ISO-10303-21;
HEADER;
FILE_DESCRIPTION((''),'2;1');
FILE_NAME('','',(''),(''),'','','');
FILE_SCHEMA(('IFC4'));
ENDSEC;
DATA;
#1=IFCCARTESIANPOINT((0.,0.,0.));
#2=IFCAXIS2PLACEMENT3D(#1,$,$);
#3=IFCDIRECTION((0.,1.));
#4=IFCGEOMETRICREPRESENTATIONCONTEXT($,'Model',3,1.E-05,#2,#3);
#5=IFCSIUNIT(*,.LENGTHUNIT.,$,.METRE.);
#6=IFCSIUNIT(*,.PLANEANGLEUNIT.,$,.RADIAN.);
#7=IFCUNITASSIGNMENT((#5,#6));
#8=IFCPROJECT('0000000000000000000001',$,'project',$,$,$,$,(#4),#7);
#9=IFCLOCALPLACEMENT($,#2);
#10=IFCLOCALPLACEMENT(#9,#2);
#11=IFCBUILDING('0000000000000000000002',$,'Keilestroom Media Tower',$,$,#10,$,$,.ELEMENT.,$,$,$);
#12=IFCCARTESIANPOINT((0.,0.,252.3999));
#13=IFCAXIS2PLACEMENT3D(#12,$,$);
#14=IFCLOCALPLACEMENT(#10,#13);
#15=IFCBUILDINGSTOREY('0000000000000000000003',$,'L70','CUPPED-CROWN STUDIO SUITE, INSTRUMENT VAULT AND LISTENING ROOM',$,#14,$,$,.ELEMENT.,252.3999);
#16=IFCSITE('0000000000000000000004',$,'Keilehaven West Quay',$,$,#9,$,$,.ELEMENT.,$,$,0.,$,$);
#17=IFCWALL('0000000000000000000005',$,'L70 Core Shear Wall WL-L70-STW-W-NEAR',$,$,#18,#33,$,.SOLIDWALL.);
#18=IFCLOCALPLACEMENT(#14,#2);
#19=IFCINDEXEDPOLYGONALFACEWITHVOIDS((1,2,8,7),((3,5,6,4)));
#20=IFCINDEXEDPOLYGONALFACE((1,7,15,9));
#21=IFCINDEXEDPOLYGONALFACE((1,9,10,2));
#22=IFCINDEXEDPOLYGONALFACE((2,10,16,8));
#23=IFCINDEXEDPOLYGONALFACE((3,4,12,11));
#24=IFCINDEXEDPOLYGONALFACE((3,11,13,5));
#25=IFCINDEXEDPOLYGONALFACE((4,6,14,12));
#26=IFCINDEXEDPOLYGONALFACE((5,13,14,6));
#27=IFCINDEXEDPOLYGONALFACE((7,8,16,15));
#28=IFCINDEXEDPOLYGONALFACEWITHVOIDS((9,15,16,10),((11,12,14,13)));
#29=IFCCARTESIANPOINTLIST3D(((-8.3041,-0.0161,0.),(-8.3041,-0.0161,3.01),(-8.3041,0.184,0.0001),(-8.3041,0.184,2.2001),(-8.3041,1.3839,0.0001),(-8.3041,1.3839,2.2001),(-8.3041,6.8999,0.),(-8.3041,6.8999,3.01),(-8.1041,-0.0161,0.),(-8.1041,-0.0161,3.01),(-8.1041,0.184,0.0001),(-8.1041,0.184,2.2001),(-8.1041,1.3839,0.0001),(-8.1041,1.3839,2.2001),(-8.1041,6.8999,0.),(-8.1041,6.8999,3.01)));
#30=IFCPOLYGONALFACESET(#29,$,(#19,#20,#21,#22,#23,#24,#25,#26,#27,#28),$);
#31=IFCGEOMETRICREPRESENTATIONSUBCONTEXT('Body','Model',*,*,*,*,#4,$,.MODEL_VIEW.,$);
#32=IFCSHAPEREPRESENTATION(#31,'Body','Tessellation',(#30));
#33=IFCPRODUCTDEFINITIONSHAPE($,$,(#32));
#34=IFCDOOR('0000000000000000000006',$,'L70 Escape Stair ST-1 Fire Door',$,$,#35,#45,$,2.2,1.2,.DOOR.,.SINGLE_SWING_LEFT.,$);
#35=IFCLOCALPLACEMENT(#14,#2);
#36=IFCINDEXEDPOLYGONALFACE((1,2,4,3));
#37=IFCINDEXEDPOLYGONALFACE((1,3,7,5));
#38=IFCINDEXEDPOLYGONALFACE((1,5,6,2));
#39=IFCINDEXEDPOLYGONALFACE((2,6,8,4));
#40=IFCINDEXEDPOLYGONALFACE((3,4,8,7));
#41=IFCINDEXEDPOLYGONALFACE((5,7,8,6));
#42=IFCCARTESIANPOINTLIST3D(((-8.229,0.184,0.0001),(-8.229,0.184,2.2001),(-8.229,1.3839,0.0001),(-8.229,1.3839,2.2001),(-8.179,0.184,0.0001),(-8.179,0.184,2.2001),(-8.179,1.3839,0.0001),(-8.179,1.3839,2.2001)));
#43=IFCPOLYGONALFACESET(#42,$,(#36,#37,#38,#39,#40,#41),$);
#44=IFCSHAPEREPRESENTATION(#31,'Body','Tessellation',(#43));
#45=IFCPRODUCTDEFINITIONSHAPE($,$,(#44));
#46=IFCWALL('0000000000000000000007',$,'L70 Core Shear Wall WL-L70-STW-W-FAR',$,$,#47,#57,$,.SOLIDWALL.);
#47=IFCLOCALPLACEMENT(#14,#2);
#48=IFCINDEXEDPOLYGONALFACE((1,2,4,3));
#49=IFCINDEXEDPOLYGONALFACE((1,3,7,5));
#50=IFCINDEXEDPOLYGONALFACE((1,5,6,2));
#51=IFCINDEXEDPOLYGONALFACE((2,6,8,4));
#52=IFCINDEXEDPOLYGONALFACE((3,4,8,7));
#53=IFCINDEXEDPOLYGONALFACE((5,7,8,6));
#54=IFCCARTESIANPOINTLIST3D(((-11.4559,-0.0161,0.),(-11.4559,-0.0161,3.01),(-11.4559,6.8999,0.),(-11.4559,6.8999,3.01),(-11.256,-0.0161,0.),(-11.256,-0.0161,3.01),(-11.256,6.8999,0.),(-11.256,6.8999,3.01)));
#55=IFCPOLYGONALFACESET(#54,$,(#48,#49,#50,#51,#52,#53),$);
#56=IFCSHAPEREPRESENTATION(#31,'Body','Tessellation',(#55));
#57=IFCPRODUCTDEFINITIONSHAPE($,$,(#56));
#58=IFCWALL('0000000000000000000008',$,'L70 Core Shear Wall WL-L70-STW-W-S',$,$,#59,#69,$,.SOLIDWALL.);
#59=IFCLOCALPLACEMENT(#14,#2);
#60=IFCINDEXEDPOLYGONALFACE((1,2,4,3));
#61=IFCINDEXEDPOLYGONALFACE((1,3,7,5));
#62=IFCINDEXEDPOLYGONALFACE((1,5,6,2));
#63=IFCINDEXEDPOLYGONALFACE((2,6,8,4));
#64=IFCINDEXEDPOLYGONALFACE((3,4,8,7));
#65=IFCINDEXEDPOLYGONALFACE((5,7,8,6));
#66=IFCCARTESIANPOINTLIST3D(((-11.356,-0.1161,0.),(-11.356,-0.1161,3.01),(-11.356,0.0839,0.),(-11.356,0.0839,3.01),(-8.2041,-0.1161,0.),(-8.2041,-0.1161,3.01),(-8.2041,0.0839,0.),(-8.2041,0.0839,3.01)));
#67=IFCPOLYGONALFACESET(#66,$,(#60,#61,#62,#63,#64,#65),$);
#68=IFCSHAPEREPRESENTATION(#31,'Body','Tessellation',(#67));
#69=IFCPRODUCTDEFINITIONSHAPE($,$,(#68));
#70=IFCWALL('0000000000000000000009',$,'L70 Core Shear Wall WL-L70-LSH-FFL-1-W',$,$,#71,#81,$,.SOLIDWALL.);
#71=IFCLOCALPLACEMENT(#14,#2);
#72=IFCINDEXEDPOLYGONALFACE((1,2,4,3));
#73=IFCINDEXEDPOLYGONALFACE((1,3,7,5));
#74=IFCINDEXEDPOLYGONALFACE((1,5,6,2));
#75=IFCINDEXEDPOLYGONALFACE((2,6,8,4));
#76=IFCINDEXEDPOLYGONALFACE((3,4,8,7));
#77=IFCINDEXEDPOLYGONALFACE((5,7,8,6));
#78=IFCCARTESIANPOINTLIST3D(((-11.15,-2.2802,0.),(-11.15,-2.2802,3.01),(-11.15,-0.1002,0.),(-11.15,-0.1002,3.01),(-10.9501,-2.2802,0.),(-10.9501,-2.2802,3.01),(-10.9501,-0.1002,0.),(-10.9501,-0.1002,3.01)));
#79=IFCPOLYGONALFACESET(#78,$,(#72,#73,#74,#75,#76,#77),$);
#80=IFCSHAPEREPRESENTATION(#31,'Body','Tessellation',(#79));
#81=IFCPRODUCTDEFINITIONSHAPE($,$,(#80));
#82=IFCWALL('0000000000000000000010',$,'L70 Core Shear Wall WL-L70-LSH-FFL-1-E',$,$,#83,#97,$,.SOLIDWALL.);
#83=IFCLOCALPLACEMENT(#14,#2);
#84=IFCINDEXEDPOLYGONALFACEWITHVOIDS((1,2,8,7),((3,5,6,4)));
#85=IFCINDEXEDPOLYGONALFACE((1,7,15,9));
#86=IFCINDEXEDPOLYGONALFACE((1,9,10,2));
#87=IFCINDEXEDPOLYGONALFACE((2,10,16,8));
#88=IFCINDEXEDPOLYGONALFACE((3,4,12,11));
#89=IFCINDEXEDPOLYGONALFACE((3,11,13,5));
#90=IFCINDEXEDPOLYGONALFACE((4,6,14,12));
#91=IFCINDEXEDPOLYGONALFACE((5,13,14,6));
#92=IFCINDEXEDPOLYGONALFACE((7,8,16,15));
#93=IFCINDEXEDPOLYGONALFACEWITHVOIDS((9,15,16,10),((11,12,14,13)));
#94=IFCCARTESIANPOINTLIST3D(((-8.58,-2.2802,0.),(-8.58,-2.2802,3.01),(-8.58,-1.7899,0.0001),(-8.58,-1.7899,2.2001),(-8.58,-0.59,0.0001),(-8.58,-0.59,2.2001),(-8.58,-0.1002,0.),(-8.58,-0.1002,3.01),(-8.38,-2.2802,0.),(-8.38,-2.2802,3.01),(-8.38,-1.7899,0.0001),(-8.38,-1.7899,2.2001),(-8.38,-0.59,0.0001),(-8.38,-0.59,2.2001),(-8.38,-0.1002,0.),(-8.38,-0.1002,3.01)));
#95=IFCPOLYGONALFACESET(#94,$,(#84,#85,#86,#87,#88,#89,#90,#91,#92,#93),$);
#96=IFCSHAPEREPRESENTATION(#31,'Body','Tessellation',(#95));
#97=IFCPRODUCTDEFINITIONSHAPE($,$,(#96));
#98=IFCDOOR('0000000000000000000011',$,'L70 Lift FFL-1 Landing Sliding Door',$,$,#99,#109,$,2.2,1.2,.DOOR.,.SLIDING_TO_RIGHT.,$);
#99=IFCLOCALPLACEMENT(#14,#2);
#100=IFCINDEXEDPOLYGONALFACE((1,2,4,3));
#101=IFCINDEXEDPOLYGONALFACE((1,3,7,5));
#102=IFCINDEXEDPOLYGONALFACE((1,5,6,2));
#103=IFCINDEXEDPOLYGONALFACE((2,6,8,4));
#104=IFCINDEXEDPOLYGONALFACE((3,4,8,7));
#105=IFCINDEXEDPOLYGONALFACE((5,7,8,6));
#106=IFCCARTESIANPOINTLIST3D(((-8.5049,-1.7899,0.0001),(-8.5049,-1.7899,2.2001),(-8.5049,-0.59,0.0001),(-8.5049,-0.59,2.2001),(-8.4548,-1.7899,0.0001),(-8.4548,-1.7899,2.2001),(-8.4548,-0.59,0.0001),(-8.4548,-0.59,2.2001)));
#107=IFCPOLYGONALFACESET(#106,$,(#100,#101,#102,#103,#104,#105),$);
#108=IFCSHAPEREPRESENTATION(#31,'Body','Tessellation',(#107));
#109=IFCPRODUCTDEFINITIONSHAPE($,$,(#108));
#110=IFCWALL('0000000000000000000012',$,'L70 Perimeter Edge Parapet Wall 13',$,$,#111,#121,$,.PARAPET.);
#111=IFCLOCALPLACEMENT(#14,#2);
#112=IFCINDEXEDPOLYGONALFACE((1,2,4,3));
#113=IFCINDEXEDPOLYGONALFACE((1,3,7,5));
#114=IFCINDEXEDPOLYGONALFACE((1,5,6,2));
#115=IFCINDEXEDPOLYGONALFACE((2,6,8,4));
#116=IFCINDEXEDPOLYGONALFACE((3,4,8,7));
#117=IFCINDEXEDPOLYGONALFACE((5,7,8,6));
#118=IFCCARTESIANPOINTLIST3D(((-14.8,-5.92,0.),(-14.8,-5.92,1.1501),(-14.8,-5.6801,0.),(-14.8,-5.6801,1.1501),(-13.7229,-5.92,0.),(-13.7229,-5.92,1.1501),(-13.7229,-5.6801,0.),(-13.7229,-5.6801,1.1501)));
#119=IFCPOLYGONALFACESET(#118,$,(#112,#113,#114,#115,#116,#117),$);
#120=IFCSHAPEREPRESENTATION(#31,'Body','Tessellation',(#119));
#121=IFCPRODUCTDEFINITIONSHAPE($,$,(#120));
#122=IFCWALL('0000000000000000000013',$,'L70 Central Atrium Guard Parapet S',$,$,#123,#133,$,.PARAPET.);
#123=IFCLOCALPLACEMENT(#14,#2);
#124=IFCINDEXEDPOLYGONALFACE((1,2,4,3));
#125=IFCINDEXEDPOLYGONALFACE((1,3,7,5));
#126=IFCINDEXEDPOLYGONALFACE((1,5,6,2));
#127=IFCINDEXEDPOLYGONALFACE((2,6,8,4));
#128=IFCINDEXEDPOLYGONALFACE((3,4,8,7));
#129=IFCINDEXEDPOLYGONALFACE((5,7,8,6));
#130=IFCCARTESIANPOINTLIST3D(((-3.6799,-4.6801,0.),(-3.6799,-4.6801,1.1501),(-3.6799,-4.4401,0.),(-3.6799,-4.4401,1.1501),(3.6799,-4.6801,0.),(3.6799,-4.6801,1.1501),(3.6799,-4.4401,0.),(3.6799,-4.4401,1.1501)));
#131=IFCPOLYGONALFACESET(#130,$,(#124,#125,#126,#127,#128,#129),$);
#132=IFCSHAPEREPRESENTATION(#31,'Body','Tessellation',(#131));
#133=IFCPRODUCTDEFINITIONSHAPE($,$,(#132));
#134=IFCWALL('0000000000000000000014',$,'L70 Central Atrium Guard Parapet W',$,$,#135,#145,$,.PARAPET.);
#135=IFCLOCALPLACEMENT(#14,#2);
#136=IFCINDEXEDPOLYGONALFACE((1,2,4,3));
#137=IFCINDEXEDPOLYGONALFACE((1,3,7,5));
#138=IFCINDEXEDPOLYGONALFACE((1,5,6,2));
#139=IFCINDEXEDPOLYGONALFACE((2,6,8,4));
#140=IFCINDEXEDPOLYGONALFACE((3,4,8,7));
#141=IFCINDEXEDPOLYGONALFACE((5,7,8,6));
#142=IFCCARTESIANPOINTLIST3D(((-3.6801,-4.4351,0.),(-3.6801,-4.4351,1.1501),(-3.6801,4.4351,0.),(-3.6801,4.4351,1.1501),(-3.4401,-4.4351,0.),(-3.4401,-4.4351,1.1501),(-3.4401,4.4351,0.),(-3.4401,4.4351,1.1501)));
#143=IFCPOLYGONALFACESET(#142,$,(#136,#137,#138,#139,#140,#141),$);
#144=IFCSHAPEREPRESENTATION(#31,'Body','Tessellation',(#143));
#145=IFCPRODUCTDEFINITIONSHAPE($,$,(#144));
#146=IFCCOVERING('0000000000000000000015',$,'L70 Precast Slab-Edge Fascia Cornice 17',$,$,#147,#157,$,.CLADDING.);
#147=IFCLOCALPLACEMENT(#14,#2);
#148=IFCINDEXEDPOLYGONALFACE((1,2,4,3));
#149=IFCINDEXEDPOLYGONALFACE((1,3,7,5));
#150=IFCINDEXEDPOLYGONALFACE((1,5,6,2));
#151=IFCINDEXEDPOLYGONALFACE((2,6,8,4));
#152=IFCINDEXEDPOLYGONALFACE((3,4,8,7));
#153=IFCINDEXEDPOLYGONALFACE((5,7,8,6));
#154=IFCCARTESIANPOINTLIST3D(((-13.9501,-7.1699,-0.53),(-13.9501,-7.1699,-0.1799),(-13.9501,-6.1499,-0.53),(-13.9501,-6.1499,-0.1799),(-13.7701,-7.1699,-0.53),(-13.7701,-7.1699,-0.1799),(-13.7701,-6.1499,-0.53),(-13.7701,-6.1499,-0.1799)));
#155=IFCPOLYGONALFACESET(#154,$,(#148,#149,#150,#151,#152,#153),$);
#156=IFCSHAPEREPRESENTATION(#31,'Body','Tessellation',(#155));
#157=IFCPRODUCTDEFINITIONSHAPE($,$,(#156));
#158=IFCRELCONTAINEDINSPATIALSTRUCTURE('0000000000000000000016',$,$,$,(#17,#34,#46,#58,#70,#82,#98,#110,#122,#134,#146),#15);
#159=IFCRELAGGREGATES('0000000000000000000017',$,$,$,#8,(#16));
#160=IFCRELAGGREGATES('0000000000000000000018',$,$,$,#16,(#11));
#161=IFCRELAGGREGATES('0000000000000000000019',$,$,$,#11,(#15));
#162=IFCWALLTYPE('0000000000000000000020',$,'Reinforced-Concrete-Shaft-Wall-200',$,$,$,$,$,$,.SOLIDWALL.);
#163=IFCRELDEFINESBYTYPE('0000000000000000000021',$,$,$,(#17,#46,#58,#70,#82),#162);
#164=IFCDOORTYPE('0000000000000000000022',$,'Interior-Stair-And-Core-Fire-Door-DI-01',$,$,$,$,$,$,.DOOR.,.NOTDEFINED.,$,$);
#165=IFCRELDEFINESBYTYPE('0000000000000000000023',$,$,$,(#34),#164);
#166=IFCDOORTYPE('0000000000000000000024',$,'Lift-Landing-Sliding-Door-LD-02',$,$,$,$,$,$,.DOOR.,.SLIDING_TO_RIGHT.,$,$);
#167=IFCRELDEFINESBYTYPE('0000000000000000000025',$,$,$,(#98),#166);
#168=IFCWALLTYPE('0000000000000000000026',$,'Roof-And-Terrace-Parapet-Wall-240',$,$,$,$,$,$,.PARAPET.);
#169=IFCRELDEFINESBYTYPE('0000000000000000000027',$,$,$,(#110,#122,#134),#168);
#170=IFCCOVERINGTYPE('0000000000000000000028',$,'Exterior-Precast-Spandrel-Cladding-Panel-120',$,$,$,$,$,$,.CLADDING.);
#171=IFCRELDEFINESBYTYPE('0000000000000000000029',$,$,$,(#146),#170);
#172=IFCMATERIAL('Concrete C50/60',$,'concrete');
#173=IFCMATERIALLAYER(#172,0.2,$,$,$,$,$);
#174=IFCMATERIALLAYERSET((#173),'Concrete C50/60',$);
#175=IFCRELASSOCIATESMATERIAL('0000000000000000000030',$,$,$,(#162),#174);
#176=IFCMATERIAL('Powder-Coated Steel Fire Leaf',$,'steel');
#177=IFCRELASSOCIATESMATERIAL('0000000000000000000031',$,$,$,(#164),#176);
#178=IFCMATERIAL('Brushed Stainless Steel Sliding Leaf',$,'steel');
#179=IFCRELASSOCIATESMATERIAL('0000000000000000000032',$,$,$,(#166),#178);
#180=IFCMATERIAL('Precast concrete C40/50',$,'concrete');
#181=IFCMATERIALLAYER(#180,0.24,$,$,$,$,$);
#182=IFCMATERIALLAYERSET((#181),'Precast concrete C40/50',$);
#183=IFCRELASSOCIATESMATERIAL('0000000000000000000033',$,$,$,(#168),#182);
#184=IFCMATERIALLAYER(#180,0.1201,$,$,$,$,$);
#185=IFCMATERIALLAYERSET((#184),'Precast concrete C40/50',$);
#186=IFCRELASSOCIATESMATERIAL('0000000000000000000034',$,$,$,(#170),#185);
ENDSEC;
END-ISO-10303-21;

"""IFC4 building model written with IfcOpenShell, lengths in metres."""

from ifc_helpers import new_model, si_unit, direction, frame, frame_2d, origin, origin_2d, place, context, subcontext, project, spatial, rectangle, extrude, source, transform, mapped, material, layer, layer_set, type_object, element, fill, save


model = new_model("IFC4")

# Units and contexts
model_context = context("Model", 3, precision=1e-05, world=origin(), true_north=direction((0.0, 1.0)))
body_context = subcontext(model_context, "Body", "Model", "MODEL_VIEW")
ifc_project = project(units=[si_unit("LENGTHUNIT", "METRE"), si_unit("PLANEANGLEUNIT", "RADIAN")], contexts=[model_context])

# Site, building, storey
site_placement = place(None, origin())
site = spatial("IfcSite", under=ifc_project, at=site_placement, Name="Keilehaven West Quay", CompositionType="ELEMENT", RefElevation=0.0)
building_placement = place(site_placement, origin())
building = spatial("IfcBuilding", under=site, at=building_placement, Name="Keilestroom Media Tower", CompositionType="ELEMENT")
storey_placement = place(building_placement, frame((0.0, 0.0, 252.3999)))
storey = spatial("IfcBuildingStorey", under=building, at=storey_placement, Name="L70", Description="CUPPED-CROWN STUDIO SUITE, INSTRUMENT VAULT AND LISTENING ROOM", CompositionType="ELEMENT", Elevation=252.3999)

# Shared definitions
ifc_material_1 = material(Name="Concrete C50/60", Category="concrete")

# Shared definitions
ifc_material_2 = material(Name="Powder-Coated Steel Fire Leaf", Category="steel")
shared_shape_1 = source(origin(), body_context, "Body", "SweptSolid", [
    extrude(rectangle(XDim=1.2, YDim=2.2, at=frame_2d((0.6001, 1.1001))), frame((0.0, 0.0249, 0.0), z_axis=(0.0, -1.0, 0.0), x_axis=(1.0, 0.0, 0.0)), (0.0, 0.0, 1.0), 0.05),
])

# Shared definitions
ifc_layer_1 = layer(ifc_material_1, 0.2)
ifc_layer_set_1 = layer_set([ifc_layer_1], Name="Concrete C50/60")
wall_type_1 = type_object("IfcWallType", Name="Reinforced-Concrete-Shaft-Wall-200", PredefinedType="SOLIDWALL", material=ifc_layer_set_1)

# Wall, opening, door
wall_1_placement = place(storey_placement, frame((-8.2041, -0.0161, 0.0), z_axis=(0.0, 0.0, 1.0), x_axis=(0.0, 1.0, 0.0)))
wall_1 = element("IfcWall", 1, at=wall_1_placement, inside=storey, type_object=wall_type_1, Name="L70 Core Shear Wall WL-L70-STW-W-NEAR", PredefinedType="SOLIDWALL", context=body_context, shape_type="SweptSolid", body=[
    extrude(rectangle(XDim=6.916, YDim=0.2, at=frame_2d((3.458, 0.0))), origin(), (0.0, 0.0, 1.0), 3.01),
])
opening_1_placement = place(wall_1_placement, frame((0.2, 0.0, 0.0)))
opening_1 = element("IfcOpeningElement", 2, at=opening_1_placement, cuts=wall_1, PredefinedType="OPENING", context=body_context, shape_type="SweptSolid", body=[
    extrude(rectangle(XDim=1.2, YDim=2.2, at=frame_2d((0.6001, 1.1001))), frame((0.0, 0.1099, 0.0), z_axis=(0.0, -1.0, 0.0), x_axis=(1.0, 0.0, 0.0)), (0.0, 0.0, 1.0), 0.22),
])
door_type_1 = type_object("IfcDoorType", Name="Interior-Stair-And-Core-Fire-Door-DI-01", OperationType="NOTDEFINED", PredefinedType="DOOR", material=ifc_material_2)
door_1_placement = place(opening_1_placement, origin())
door_1 = element("IfcDoor", 3, at=door_1_placement, inside=storey, type_object=door_type_1, Name="L70 Escape Stair ST-1 Fire Door", OperationType="SINGLE_SWING_LEFT", OverallHeight=2.2, OverallWidth=1.2, PredefinedType="DOOR", context=body_context, shape_type="MappedRepresentation", body=[
    mapped(shared_shape_1, transform((0.0, 0.0, 0.0), x_axis=(1.0, 0.0, 0.0), y_axis=(0.0, 1.0, 0.0), z_axis=(0.0, 0.0, 1.0), scale=1.0)),
])
fill(opening_1, door_1)

# Walls
wall_2_placement = place(storey_placement, frame((-11.356, -0.0161, 0.0), z_axis=(0.0, 0.0, 1.0), x_axis=(0.0, 1.0, 0.0)))
element("IfcWall", 4, at=wall_2_placement, inside=storey, type_object=wall_type_1, Name="L70 Core Shear Wall WL-L70-STW-W-FAR", PredefinedType="SOLIDWALL", context=body_context, shape_type="SweptSolid", body=[
    extrude(rectangle(XDim=6.916, YDim=0.2, at=frame_2d((3.458, 0.0))), origin(), (0.0, 0.0, 1.0), 3.01),
])
wall_3_placement = place(storey_placement, frame((-11.356, -0.0161, 0.0), z_axis=(0.0, 0.0, 1.0), x_axis=(1.0, 0.0, 0.0)))
element("IfcWall", 5, at=wall_3_placement, inside=storey, type_object=wall_type_1, Name="L70 Core Shear Wall WL-L70-STW-W-S", PredefinedType="SOLIDWALL", context=body_context, shape_type="SweptSolid", body=[
    extrude(rectangle(XDim=3.1519, YDim=0.2, at=frame_2d((1.5759, 0.0))), origin(), (0.0, 0.0, 1.0), 3.01),
])
wall_4_placement = place(storey_placement, frame((-11.05, -2.28, 0.0), z_axis=(0.0, 0.0, 1.0), x_axis=(0.0, 1.0, 0.0)))
element("IfcWall", 6, at=wall_4_placement, inside=storey, type_object=wall_type_1, Name="L70 Core Shear Wall WL-L70-LSH-FFL-1-W", PredefinedType="SOLIDWALL", context=body_context, shape_type="SweptSolid", body=[
    extrude(rectangle(XDim=2.1799, YDim=0.2, at=frame_2d((1.0898, 0.0))), origin(), (0.0, 0.0, 1.0), 3.01),
])

# Wall, opening, door
wall_5_placement = place(storey_placement, frame((-8.48, -2.28, 0.0), z_axis=(0.0, 0.0, 1.0), x_axis=(0.0, 1.0, 0.0)))
wall_5 = element("IfcWall", 7, at=wall_5_placement, inside=storey, type_object=wall_type_1, Name="L70 Core Shear Wall WL-L70-LSH-FFL-1-E", PredefinedType="SOLIDWALL", context=body_context, shape_type="SweptSolid", body=[
    extrude(rectangle(XDim=2.1799, YDim=0.2, at=frame_2d((1.0898, 0.0))), origin(), (0.0, 0.0, 1.0), 3.01),
])
opening_2_placement = place(wall_5_placement, frame((0.49, 0.0, 0.0)))
opening_2 = element("IfcOpeningElement", 8, at=opening_2_placement, cuts=wall_5, PredefinedType="OPENING", context=body_context, shape_type="SweptSolid", body=[
    extrude(rectangle(XDim=1.2, YDim=2.2, at=frame_2d((0.6001, 1.1001))), frame((0.0, 0.1099, 0.0), z_axis=(0.0, -1.0, 0.0), x_axis=(1.0, 0.0, 0.0)), (0.0, 0.0, 1.0), 0.22),
])
ifc_material_3 = material(Name="Brushed Stainless Steel Sliding Leaf", Category="steel")
door_type_2 = type_object("IfcDoorType", Name="Lift-Landing-Sliding-Door-LD-02", OperationType="SLIDING_TO_RIGHT", PredefinedType="DOOR", material=ifc_material_3)
door_2_placement = place(opening_2_placement, origin())
door_2 = element("IfcDoor", 9, at=door_2_placement, inside=storey, type_object=door_type_2, Name="L70 Lift FFL-1 Landing Sliding Door", OperationType="SLIDING_TO_RIGHT", OverallHeight=2.2, OverallWidth=1.2, PredefinedType="DOOR", context=body_context, shape_type="MappedRepresentation", body=[
    mapped(shared_shape_1, transform((0.0, 0.0, 0.0), x_axis=(1.0, 0.0, 0.0), y_axis=(0.0, 1.0, 0.0), z_axis=(0.0, 0.0, 1.0), scale=1.0)),
])
fill(opening_2, door_2)

# Walls
ifc_material_4 = material(Name="Precast concrete C40/50", Category="concrete")
ifc_layer_2 = layer(ifc_material_4, 0.24)
ifc_layer_set_2 = layer_set([ifc_layer_2], Name="Precast concrete C40/50")
wall_type_2 = type_object("IfcWallType", Name="Roof-And-Terrace-Parapet-Wall-240", PredefinedType="PARAPET", material=ifc_layer_set_2)
wall_6_placement = place(storey_placement, frame((-13.7229, -5.8, 0.0), z_axis=(0.0, 0.0, 1.0), x_axis=(-1.0, 0.0, 0.0)))
element("IfcWall", 10, at=wall_6_placement, inside=storey, type_object=wall_type_2, Name="L70 Perimeter Edge Parapet Wall 13", PredefinedType="PARAPET", context=body_context, shape_type="SweptSolid", body=[
    extrude(rectangle(XDim=1.0771, YDim=0.24, at=frame_2d((0.5386, 0.0))), origin(), (0.0, 0.0, 1.0), 1.1501),
])
wall_7_placement = place(storey_placement, frame((-3.6799, -4.5601, 0.0), z_axis=(0.0, 0.0, 1.0), x_axis=(1.0, 0.0, 0.0)))
element("IfcWall", 11, at=wall_7_placement, inside=storey, type_object=wall_type_2, Name="L70 Central Atrium Guard Parapet S", PredefinedType="PARAPET", context=body_context, shape_type="SweptSolid", body=[
    extrude(rectangle(XDim=7.3599, YDim=0.24, at=frame_2d((3.6799, 0.0))), origin(), (0.0, 0.0, 1.0), 1.1501),
])
wall_8_placement = place(storey_placement, frame((-3.5601, -4.4351, 0.0), z_axis=(0.0, 0.0, 1.0), x_axis=(0.0, 1.0, 0.0)))
element("IfcWall", 12, at=wall_8_placement, inside=storey, type_object=wall_type_2, Name="L70 Central Atrium Guard Parapet W", PredefinedType="PARAPET", context=body_context, shape_type="SweptSolid", body=[
    extrude(rectangle(XDim=8.8701, YDim=0.24, at=frame_2d((4.4351, 0.0))), origin(), (0.0, 0.0, 1.0), 1.1501),
])

# Covering
ifc_layer_3 = layer(ifc_material_4, 0.1201)
ifc_layer_set_3 = layer_set([ifc_layer_3], Name="Precast concrete C40/50")
covering_type = type_object("IfcCoveringType", Name="Exterior-Precast-Spandrel-Cladding-Panel-120", PredefinedType="CLADDING", material=ifc_layer_set_3)
shared_shape_2 = source(origin(), body_context, "Body", "SweptSolid", [
    extrude(rectangle(XDim=1.02, YDim=0.1799, at=origin_2d()), origin(), (0.0, 0.0, 1.0), 0.3501),
])
covering_placement = place(storey_placement, frame((-13.8601, -6.6599, -0.53), z_axis=(0.0, 0.0, 1.0), x_axis=(0.0, 1.0, 0.0)))
element("IfcCovering", 13, at=covering_placement, inside=storey, type_object=covering_type, Name="L70 Precast Slab-Edge Fascia Cornice 17", PredefinedType="CLADDING", context=body_context, shape_type="MappedRepresentation", body=[
    mapped(shared_shape_2, transform((0.0, 0.0, 0.0), x_axis=(1.0, 0.0, 0.0), y_axis=(0.0, 1.0, 0.0), z_axis=(0.0, 0.0, 1.0), scale=1.0)),
])

save(model, "model.ifc")
